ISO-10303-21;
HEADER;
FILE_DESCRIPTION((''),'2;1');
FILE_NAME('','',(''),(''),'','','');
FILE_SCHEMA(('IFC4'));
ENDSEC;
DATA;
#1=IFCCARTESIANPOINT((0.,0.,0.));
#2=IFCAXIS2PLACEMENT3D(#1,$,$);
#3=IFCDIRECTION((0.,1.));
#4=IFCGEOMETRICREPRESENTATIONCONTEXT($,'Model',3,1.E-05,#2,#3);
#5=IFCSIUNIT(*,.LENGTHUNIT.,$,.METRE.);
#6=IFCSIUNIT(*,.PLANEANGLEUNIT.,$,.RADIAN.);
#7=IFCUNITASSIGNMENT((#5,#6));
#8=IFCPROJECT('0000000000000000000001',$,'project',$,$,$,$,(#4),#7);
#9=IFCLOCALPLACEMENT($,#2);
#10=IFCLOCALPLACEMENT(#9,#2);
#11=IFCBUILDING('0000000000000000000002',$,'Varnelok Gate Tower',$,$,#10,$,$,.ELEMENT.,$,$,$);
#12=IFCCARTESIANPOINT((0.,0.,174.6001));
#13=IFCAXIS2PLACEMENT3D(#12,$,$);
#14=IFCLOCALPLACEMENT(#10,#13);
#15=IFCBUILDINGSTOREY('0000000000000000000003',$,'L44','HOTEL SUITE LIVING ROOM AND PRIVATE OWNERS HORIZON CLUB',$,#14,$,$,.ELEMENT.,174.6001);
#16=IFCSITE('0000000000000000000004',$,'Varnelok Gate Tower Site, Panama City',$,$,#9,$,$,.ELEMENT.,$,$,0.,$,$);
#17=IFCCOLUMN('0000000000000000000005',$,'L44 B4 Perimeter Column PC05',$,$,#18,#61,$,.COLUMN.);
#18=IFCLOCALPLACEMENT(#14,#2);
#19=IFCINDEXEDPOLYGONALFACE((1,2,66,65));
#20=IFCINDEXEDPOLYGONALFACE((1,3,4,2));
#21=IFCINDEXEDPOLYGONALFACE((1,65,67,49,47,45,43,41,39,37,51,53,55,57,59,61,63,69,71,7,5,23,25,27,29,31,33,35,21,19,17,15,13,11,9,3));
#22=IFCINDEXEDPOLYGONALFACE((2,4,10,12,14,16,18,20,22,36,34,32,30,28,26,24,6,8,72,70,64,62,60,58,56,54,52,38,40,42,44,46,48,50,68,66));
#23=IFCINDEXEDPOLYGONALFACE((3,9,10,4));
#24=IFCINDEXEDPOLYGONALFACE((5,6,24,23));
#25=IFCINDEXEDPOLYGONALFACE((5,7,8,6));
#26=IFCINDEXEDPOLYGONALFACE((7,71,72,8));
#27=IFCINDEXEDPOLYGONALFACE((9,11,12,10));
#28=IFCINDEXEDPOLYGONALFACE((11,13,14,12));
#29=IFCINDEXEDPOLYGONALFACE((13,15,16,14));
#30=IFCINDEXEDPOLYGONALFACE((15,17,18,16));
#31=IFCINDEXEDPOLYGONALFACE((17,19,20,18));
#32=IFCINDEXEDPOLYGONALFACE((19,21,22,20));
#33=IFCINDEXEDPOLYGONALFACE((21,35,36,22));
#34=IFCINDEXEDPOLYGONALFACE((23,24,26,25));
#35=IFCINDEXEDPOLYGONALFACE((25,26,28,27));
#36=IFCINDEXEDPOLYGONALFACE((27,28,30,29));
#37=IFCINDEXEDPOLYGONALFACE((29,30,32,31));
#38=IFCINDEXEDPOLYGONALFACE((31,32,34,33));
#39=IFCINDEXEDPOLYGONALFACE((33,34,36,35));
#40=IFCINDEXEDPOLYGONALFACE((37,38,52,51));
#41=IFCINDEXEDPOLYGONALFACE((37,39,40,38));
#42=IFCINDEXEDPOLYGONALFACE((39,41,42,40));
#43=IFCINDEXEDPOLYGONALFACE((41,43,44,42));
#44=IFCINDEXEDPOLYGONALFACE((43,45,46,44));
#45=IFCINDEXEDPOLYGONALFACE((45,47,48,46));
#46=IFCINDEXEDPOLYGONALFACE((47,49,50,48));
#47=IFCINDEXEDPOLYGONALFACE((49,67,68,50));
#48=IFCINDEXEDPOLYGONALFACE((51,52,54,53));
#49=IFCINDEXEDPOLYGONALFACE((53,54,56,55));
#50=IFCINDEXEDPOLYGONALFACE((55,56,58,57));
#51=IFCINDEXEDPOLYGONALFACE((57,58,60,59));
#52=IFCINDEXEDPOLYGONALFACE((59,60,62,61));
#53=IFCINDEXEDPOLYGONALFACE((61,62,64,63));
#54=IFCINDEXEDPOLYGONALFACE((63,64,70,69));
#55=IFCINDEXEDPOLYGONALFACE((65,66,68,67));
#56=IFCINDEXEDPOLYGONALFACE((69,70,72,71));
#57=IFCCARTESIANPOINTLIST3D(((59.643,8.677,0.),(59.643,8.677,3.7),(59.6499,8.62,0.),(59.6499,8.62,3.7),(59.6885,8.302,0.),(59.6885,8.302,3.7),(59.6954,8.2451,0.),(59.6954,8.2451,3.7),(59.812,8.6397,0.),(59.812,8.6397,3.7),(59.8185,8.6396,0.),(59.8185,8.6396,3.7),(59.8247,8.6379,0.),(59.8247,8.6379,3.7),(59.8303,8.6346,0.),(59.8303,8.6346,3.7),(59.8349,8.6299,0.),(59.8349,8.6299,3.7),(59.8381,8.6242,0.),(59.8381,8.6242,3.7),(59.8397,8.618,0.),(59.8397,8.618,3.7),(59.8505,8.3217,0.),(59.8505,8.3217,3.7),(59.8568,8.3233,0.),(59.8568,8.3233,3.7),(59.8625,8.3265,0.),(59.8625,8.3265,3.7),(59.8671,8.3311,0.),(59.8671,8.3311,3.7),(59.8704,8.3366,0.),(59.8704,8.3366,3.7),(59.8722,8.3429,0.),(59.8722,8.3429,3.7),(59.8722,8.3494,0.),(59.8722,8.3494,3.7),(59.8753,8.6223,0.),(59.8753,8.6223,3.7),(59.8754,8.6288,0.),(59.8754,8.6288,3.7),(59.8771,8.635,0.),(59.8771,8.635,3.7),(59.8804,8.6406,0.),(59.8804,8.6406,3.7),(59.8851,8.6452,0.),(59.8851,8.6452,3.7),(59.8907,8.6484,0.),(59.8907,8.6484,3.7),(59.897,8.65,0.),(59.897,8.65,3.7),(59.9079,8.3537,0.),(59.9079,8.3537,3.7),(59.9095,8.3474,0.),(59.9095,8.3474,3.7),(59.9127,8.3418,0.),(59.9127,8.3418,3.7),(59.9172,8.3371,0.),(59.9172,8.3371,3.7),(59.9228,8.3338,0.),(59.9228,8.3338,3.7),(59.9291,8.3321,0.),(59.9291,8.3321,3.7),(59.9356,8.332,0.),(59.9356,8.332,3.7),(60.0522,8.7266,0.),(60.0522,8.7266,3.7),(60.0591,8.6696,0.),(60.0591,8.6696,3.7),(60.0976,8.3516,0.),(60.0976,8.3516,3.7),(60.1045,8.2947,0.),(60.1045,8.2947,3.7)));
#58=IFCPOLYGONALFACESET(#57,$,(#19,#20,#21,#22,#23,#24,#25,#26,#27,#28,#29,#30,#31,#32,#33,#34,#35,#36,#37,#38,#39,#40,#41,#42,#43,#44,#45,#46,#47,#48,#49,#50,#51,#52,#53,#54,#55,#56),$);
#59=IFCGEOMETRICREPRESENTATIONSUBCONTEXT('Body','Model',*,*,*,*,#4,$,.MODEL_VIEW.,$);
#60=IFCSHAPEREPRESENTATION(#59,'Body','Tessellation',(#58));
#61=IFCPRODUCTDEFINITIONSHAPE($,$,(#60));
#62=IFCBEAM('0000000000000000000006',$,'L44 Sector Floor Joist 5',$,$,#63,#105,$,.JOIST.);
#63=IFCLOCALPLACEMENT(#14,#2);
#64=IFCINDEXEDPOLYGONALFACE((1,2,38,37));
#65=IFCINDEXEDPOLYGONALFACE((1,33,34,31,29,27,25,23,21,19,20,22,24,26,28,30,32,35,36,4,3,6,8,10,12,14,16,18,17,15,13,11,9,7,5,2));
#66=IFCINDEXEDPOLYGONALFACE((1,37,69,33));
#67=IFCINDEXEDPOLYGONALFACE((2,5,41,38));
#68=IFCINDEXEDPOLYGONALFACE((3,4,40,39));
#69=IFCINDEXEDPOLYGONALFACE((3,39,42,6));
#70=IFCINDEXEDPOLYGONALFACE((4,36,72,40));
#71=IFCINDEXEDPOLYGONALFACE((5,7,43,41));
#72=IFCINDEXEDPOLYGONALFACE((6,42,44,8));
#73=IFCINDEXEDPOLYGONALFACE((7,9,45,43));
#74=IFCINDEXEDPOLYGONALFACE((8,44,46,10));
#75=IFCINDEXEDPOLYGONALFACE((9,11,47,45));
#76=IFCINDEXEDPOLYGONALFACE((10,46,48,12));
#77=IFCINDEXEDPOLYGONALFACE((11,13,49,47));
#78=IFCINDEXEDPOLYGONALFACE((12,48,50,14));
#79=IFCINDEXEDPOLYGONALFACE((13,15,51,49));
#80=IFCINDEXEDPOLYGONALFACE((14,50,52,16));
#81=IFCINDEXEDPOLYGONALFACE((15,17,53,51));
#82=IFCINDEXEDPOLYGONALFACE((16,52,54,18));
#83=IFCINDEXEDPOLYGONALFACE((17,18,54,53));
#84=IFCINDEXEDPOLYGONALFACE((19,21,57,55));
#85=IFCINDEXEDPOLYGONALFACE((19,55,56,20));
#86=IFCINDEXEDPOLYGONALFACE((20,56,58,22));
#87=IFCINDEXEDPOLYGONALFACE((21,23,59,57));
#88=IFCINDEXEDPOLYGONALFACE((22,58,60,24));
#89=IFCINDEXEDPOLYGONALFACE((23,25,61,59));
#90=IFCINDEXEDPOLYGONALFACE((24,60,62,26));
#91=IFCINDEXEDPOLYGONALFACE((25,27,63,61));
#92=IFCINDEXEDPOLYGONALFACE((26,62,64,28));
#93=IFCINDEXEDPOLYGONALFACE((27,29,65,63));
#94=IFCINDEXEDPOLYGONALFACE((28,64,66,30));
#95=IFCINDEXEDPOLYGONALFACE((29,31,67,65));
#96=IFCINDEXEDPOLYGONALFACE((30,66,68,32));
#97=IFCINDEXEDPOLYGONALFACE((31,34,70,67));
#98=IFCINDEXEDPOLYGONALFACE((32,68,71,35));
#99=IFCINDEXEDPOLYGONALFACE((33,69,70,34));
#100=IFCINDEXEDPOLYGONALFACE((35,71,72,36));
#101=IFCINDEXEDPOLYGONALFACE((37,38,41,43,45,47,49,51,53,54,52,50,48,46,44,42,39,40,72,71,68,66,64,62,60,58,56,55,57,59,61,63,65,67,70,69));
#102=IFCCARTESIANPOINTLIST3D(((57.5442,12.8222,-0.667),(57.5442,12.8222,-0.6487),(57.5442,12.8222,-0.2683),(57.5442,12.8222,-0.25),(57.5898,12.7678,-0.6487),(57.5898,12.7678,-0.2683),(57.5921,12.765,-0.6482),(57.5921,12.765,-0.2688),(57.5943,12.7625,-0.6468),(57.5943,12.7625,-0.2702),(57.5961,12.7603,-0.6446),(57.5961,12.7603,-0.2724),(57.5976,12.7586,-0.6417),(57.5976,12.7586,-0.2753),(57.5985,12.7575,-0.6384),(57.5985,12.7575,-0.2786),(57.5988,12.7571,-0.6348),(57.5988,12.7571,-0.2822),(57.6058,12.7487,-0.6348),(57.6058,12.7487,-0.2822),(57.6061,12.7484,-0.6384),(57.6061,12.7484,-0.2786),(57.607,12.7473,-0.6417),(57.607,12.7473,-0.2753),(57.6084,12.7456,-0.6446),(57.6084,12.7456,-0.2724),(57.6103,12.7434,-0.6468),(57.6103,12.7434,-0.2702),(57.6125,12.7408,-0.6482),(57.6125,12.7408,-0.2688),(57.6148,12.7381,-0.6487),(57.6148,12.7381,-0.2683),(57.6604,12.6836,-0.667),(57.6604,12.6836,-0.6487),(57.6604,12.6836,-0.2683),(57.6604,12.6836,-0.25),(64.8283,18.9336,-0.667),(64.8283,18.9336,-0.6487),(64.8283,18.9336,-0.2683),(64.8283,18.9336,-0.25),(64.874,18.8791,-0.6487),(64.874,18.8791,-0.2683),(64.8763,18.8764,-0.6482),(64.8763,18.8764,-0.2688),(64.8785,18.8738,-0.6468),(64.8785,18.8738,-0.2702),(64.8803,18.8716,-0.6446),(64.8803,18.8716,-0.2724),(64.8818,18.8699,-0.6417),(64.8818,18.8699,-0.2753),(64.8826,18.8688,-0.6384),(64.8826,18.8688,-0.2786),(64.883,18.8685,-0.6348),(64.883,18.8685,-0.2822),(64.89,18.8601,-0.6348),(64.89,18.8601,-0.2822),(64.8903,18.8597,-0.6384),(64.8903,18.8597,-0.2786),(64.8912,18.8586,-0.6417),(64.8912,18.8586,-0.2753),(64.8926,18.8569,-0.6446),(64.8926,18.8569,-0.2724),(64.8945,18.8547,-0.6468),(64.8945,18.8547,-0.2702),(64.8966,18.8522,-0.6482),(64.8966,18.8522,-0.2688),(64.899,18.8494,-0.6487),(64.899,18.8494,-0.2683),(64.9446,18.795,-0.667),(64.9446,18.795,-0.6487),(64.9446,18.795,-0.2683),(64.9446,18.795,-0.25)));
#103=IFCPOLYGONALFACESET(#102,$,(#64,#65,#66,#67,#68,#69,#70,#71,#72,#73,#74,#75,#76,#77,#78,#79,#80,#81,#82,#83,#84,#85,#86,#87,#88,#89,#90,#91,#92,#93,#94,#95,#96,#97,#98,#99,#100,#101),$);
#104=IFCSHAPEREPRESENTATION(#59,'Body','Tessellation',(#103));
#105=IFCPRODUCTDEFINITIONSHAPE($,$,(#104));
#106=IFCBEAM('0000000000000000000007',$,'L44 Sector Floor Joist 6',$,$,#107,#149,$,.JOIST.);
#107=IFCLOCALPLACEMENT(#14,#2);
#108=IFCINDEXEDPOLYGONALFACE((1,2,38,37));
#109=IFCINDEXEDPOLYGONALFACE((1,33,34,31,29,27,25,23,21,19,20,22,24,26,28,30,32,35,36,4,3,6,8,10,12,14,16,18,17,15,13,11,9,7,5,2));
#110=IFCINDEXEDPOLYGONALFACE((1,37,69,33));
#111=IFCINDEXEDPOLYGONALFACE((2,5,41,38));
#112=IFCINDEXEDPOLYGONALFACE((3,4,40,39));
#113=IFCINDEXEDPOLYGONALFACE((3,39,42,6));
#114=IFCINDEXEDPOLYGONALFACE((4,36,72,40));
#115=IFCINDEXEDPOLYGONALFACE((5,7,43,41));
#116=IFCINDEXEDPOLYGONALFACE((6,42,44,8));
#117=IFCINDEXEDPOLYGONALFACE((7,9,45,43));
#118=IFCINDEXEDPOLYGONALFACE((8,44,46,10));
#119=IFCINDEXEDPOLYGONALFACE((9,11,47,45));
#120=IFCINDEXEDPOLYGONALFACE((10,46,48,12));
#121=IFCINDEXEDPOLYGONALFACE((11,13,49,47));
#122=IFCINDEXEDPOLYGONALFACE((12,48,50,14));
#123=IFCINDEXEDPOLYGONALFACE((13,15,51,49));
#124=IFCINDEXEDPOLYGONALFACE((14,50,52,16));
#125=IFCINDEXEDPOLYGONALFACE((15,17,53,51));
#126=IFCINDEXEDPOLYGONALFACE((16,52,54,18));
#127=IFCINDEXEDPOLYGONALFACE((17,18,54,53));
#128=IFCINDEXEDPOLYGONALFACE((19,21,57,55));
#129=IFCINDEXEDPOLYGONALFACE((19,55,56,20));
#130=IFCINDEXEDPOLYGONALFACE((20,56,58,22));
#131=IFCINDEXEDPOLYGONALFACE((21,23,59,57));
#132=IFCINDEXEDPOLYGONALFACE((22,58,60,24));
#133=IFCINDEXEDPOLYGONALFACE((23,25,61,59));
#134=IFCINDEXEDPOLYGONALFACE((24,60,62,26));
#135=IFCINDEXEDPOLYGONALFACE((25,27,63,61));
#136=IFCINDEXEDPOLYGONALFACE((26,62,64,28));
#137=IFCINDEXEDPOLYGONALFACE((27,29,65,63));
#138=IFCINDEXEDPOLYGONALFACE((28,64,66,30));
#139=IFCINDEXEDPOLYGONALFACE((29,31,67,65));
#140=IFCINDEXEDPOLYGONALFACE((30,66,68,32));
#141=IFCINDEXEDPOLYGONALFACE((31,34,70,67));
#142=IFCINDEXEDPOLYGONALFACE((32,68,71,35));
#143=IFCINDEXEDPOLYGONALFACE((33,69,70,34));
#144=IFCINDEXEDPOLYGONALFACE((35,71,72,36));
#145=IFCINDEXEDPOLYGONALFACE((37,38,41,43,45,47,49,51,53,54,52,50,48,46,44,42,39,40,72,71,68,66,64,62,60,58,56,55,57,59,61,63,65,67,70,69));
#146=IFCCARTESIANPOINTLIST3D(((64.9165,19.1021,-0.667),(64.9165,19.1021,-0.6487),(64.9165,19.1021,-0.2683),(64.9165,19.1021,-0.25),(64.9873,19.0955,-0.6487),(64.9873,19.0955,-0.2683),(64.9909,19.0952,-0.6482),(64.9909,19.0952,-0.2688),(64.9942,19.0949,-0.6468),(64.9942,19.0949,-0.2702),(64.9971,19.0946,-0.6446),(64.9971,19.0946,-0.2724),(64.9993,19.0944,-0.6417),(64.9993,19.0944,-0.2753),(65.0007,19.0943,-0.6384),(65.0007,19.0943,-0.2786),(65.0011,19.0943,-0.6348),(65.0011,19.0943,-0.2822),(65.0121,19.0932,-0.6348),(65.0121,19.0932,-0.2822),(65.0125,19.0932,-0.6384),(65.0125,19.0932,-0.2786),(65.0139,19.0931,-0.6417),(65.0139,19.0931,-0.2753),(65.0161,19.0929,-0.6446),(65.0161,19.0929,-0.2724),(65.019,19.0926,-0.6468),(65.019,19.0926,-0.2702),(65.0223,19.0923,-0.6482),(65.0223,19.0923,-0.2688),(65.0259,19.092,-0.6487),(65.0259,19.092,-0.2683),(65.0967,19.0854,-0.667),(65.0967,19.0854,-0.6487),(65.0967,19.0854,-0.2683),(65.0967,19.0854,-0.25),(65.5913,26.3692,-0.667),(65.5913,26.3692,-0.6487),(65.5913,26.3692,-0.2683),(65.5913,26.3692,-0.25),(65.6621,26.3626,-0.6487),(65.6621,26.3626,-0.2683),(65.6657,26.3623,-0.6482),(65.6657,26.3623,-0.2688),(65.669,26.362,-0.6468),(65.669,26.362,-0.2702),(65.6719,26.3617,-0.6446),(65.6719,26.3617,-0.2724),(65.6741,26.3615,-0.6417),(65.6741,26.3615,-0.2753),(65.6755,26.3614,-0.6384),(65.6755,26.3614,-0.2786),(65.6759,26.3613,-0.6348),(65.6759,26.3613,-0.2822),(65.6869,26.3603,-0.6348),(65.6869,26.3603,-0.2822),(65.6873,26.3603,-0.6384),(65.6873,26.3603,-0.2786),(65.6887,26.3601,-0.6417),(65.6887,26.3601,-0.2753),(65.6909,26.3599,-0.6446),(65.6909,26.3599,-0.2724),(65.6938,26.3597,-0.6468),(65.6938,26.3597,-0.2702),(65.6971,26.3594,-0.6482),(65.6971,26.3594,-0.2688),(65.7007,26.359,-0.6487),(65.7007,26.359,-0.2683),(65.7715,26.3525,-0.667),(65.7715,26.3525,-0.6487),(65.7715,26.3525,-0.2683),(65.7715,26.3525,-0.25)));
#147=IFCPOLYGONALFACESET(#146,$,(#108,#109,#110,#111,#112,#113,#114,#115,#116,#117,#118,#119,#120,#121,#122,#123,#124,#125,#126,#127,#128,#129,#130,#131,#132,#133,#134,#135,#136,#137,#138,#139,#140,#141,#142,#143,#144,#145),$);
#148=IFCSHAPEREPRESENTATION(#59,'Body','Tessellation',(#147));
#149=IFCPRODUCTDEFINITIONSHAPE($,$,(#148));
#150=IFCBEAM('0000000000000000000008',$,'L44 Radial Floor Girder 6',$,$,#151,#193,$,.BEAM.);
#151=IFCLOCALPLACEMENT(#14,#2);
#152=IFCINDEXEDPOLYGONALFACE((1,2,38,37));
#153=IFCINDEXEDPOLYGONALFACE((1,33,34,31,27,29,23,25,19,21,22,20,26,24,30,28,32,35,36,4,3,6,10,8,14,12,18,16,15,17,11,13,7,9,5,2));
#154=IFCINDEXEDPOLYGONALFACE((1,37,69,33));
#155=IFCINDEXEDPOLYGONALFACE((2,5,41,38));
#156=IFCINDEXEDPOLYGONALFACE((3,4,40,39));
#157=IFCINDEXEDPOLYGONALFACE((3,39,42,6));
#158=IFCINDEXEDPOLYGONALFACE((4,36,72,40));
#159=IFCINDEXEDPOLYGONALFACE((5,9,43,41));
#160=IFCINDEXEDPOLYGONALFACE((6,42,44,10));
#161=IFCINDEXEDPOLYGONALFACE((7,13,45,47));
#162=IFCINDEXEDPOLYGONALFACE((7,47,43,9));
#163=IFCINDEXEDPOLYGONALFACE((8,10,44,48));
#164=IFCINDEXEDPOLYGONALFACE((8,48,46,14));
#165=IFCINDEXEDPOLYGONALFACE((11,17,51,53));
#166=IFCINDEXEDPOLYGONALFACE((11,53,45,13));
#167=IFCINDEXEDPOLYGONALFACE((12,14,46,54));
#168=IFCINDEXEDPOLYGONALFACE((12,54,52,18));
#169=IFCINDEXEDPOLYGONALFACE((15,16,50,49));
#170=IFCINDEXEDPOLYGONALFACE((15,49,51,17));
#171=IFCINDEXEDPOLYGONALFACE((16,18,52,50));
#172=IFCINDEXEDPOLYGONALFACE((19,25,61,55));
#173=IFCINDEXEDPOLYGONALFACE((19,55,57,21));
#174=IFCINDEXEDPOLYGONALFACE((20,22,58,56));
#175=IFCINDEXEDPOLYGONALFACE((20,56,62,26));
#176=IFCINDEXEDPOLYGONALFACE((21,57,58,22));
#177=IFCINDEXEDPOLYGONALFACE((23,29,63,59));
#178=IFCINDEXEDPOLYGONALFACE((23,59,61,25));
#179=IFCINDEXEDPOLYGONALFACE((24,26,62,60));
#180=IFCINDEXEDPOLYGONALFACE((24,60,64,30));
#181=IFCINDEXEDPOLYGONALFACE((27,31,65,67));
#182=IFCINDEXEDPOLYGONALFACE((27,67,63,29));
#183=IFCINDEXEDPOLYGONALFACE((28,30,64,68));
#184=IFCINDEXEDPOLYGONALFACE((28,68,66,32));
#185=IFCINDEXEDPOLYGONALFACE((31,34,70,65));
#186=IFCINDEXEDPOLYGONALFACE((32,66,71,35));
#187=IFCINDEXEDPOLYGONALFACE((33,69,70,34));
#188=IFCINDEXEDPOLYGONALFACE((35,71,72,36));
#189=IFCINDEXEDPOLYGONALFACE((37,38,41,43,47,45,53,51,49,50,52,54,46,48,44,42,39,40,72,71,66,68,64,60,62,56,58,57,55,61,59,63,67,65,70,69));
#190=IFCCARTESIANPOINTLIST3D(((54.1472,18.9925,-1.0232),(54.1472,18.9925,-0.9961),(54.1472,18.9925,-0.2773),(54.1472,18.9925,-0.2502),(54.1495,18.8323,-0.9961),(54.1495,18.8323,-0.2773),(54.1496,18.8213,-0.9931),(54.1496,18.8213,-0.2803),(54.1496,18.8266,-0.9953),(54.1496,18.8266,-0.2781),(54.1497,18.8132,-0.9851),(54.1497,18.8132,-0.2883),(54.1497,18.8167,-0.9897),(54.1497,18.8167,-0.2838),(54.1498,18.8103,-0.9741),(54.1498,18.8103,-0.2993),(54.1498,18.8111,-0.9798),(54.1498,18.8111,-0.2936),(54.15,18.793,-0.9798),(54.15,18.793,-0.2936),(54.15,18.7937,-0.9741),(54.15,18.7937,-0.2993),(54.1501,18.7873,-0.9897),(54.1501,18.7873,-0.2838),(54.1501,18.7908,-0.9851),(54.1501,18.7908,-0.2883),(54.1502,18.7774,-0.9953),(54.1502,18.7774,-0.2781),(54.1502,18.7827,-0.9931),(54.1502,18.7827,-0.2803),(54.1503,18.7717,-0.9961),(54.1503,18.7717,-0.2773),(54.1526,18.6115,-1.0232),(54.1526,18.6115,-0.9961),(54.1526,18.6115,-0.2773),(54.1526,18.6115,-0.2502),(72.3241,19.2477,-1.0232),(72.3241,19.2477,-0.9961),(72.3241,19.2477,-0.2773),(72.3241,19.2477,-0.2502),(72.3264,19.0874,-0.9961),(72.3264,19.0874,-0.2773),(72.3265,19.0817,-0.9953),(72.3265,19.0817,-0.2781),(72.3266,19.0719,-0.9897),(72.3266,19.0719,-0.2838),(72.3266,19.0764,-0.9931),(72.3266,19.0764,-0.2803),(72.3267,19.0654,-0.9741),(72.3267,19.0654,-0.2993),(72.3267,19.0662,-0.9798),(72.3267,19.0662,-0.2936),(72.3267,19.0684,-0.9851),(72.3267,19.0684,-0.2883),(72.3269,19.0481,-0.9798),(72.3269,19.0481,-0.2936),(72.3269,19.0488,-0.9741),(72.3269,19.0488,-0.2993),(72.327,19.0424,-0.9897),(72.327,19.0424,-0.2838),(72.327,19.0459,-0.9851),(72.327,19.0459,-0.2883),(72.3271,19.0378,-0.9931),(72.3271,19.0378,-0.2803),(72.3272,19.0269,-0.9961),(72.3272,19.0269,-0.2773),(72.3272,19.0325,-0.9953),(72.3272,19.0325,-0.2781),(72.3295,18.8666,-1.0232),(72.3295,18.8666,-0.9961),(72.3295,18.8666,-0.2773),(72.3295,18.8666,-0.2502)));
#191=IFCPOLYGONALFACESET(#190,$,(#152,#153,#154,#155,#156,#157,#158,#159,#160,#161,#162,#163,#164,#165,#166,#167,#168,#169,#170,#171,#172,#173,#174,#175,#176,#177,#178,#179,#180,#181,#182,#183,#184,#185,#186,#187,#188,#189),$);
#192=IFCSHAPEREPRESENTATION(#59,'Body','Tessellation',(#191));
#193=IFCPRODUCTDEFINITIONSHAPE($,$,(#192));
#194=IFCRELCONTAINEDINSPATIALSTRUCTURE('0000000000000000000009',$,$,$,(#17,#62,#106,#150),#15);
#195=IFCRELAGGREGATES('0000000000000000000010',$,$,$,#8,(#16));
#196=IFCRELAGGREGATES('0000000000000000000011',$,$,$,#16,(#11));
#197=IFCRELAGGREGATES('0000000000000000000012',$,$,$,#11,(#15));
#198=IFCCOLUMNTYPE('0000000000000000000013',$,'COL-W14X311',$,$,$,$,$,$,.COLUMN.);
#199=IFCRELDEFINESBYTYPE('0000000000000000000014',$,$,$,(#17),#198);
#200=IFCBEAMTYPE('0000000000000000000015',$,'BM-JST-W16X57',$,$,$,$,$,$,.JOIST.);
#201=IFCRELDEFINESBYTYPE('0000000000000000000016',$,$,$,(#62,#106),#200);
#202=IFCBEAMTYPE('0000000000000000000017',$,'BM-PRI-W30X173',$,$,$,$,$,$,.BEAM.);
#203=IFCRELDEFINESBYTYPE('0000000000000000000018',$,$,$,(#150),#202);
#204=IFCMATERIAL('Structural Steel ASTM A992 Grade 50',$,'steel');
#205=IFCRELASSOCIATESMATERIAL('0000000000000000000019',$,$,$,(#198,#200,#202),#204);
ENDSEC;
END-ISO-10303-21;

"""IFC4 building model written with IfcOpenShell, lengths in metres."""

from ifc_helpers import new_model, si_unit, direction, frame, origin, origin_2d, place, context, subcontext, project, spatial, i_section, extrude, material, material_profile, profile_set, type_object, element, save


model = new_model("IFC4")

# Units and contexts
model_context = context("Model", 3, precision=1e-05, world=origin(), true_north=direction((0.0, 1.0)))
body_context = subcontext(model_context, "Body", "Model", "MODEL_VIEW")
ifc_project = project(units=[si_unit("LENGTHUNIT", "METRE"), si_unit("PLANEANGLEUNIT", "RADIAN")], contexts=[model_context])

# Site, building, storey
site_placement = place(None, origin())
site = spatial("IfcSite", under=ifc_project, at=site_placement, Name="Varnelok Gate Tower Site, Panama City", CompositionType="ELEMENT", RefElevation=0.0)
building_placement = place(site_placement, origin())
building = spatial("IfcBuilding", under=site, at=building_placement, Name="Varnelok Gate Tower", CompositionType="ELEMENT")
storey_placement = place(building_placement, frame((0.0, 0.0, 174.6001)))
storey = spatial("IfcBuildingStorey", under=building, at=storey_placement, Name="L44", Description="HOTEL SUITE LIVING ROOM AND PRIVATE OWNERS HORIZON CLUB", CompositionType="ELEMENT", Elevation=174.6001)

# Column
ifc_material_1 = material(Name="Structural Steel ASTM A992 Grade 50", Category="steel")
ifc_material_profile_1 = material_profile(ifc_material_1, i_section(OverallWidth=0.4121, OverallDepth=0.4351, WebThickness=0.0359, FlangeThickness=0.0574, FilletRadius=0.0249, at=origin_2d()), Name="W14X311")
ifc_profile_set_1 = profile_set([ifc_material_profile_1], Name="Structural Steel ASTM A992 Grade 50")
column_type = type_object("IfcColumnType", Name="COL-W14X311", PredefinedType="COLUMN", material=ifc_profile_set_1)
column_placement = place(storey_placement, frame((59.8738, 8.4858, 0.0), z_axis=(0.0, 0.0, 1.0), x_axis=(0.992732, 0.120345, 0.0)))
element("IfcColumn", 1, at=column_placement, inside=storey, type_object=column_type, Name="L44 B4 Perimeter Column PC05", PredefinedType="COLUMN", context=body_context, shape_type="SweptSolid", body=[
    extrude(i_section(OverallWidth=0.4121, OverallDepth=0.4351, WebThickness=0.0359, FlangeThickness=0.0574, FilletRadius=0.0249, at=origin_2d()), origin(), (0.0, 0.0, 1.0), 3.7),
])

# Beams
ifc_material_profile_2 = material_profile(ifc_material_1, i_section(OverallWidth=0.1809, OverallDepth=0.417, WebThickness=0.011, FlangeThickness=0.0183, FilletRadius=0.0139, at=origin_2d()), Name="W16X57")
ifc_profile_set_2 = profile_set([ifc_material_profile_2], Name="Structural Steel ASTM A992 Grade 50")
beam_type_1 = type_object("IfcBeamType", Name="BM-JST-W16X57", PredefinedType="JOIST", material=ifc_profile_set_2)
beam_1_placement = place(storey_placement, frame((57.6023, 12.7529, -0.4585), z_axis=(0.766087, 0.642737, 0.0), x_axis=(-0.642737, 0.766087, 0.0)))
element("IfcBeam", 2, at=beam_1_placement, inside=storey, type_object=beam_type_1, Name="L44 Sector Floor Joist 5", PredefinedType="JOIST", context=body_context, shape_type="SweptSolid", body=[
    extrude(i_section(OverallWidth=0.1809, OverallDepth=0.417, WebThickness=0.011, FlangeThickness=0.0183, FilletRadius=0.0139, at=origin_2d()), origin(), (0.0, 0.0, 1.0), 9.5083),
])
beam_2_placement = place(storey_placement, frame((65.0066, 19.0938, -0.4585), z_axis=(0.09246, 0.995716, 0.0), x_axis=(-0.995716, 0.09246, 0.0)))
element("IfcBeam", 3, at=beam_2_placement, inside=storey, type_object=beam_type_1, Name="L44 Sector Floor Joist 6", PredefinedType="JOIST", context=body_context, shape_type="SweptSolid", body=[
    extrude(i_section(OverallWidth=0.1809, OverallDepth=0.417, WebThickness=0.011, FlangeThickness=0.0183, FilletRadius=0.0139, at=origin_2d()), origin(), (0.0, 0.0, 1.0), 7.2983),
])
ifc_material_profile_3 = material_profile(ifc_material_1, i_section(OverallWidth=0.3811, OverallDepth=0.7729, WebThickness=0.0166, FlangeThickness=0.0271, FilletRadius=0.022, at=origin_2d()), Name="W30X173")
ifc_profile_set_3 = profile_set([ifc_material_profile_3], Name="Structural Steel ASTM A992 Grade 50")
beam_type_2 = type_object("IfcBeamType", Name="BM-PRI-W30X173", PredefinedType="BEAM", material=ifc_profile_set_3)
beam_3_placement = place(storey_placement, frame((54.1499, 18.802, -0.6367), z_axis=(0.999902, 0.014034, 0.0), x_axis=(-0.014034, 0.999902, 0.0)))
element("IfcBeam", 4, at=beam_3_placement, inside=storey, type_object=beam_type_2, Name="L44 Radial Floor Girder 6", PredefinedType="BEAM", context=body_context, shape_type="SweptSolid", body=[
    extrude(i_section(OverallWidth=0.3811, OverallDepth=0.7729, WebThickness=0.0166, FlangeThickness=0.0271, FilletRadius=0.022, at=origin_2d()), origin(), (0.0, 0.0, 1.0), 18.1787),
])

save(model, "model.ifc")
